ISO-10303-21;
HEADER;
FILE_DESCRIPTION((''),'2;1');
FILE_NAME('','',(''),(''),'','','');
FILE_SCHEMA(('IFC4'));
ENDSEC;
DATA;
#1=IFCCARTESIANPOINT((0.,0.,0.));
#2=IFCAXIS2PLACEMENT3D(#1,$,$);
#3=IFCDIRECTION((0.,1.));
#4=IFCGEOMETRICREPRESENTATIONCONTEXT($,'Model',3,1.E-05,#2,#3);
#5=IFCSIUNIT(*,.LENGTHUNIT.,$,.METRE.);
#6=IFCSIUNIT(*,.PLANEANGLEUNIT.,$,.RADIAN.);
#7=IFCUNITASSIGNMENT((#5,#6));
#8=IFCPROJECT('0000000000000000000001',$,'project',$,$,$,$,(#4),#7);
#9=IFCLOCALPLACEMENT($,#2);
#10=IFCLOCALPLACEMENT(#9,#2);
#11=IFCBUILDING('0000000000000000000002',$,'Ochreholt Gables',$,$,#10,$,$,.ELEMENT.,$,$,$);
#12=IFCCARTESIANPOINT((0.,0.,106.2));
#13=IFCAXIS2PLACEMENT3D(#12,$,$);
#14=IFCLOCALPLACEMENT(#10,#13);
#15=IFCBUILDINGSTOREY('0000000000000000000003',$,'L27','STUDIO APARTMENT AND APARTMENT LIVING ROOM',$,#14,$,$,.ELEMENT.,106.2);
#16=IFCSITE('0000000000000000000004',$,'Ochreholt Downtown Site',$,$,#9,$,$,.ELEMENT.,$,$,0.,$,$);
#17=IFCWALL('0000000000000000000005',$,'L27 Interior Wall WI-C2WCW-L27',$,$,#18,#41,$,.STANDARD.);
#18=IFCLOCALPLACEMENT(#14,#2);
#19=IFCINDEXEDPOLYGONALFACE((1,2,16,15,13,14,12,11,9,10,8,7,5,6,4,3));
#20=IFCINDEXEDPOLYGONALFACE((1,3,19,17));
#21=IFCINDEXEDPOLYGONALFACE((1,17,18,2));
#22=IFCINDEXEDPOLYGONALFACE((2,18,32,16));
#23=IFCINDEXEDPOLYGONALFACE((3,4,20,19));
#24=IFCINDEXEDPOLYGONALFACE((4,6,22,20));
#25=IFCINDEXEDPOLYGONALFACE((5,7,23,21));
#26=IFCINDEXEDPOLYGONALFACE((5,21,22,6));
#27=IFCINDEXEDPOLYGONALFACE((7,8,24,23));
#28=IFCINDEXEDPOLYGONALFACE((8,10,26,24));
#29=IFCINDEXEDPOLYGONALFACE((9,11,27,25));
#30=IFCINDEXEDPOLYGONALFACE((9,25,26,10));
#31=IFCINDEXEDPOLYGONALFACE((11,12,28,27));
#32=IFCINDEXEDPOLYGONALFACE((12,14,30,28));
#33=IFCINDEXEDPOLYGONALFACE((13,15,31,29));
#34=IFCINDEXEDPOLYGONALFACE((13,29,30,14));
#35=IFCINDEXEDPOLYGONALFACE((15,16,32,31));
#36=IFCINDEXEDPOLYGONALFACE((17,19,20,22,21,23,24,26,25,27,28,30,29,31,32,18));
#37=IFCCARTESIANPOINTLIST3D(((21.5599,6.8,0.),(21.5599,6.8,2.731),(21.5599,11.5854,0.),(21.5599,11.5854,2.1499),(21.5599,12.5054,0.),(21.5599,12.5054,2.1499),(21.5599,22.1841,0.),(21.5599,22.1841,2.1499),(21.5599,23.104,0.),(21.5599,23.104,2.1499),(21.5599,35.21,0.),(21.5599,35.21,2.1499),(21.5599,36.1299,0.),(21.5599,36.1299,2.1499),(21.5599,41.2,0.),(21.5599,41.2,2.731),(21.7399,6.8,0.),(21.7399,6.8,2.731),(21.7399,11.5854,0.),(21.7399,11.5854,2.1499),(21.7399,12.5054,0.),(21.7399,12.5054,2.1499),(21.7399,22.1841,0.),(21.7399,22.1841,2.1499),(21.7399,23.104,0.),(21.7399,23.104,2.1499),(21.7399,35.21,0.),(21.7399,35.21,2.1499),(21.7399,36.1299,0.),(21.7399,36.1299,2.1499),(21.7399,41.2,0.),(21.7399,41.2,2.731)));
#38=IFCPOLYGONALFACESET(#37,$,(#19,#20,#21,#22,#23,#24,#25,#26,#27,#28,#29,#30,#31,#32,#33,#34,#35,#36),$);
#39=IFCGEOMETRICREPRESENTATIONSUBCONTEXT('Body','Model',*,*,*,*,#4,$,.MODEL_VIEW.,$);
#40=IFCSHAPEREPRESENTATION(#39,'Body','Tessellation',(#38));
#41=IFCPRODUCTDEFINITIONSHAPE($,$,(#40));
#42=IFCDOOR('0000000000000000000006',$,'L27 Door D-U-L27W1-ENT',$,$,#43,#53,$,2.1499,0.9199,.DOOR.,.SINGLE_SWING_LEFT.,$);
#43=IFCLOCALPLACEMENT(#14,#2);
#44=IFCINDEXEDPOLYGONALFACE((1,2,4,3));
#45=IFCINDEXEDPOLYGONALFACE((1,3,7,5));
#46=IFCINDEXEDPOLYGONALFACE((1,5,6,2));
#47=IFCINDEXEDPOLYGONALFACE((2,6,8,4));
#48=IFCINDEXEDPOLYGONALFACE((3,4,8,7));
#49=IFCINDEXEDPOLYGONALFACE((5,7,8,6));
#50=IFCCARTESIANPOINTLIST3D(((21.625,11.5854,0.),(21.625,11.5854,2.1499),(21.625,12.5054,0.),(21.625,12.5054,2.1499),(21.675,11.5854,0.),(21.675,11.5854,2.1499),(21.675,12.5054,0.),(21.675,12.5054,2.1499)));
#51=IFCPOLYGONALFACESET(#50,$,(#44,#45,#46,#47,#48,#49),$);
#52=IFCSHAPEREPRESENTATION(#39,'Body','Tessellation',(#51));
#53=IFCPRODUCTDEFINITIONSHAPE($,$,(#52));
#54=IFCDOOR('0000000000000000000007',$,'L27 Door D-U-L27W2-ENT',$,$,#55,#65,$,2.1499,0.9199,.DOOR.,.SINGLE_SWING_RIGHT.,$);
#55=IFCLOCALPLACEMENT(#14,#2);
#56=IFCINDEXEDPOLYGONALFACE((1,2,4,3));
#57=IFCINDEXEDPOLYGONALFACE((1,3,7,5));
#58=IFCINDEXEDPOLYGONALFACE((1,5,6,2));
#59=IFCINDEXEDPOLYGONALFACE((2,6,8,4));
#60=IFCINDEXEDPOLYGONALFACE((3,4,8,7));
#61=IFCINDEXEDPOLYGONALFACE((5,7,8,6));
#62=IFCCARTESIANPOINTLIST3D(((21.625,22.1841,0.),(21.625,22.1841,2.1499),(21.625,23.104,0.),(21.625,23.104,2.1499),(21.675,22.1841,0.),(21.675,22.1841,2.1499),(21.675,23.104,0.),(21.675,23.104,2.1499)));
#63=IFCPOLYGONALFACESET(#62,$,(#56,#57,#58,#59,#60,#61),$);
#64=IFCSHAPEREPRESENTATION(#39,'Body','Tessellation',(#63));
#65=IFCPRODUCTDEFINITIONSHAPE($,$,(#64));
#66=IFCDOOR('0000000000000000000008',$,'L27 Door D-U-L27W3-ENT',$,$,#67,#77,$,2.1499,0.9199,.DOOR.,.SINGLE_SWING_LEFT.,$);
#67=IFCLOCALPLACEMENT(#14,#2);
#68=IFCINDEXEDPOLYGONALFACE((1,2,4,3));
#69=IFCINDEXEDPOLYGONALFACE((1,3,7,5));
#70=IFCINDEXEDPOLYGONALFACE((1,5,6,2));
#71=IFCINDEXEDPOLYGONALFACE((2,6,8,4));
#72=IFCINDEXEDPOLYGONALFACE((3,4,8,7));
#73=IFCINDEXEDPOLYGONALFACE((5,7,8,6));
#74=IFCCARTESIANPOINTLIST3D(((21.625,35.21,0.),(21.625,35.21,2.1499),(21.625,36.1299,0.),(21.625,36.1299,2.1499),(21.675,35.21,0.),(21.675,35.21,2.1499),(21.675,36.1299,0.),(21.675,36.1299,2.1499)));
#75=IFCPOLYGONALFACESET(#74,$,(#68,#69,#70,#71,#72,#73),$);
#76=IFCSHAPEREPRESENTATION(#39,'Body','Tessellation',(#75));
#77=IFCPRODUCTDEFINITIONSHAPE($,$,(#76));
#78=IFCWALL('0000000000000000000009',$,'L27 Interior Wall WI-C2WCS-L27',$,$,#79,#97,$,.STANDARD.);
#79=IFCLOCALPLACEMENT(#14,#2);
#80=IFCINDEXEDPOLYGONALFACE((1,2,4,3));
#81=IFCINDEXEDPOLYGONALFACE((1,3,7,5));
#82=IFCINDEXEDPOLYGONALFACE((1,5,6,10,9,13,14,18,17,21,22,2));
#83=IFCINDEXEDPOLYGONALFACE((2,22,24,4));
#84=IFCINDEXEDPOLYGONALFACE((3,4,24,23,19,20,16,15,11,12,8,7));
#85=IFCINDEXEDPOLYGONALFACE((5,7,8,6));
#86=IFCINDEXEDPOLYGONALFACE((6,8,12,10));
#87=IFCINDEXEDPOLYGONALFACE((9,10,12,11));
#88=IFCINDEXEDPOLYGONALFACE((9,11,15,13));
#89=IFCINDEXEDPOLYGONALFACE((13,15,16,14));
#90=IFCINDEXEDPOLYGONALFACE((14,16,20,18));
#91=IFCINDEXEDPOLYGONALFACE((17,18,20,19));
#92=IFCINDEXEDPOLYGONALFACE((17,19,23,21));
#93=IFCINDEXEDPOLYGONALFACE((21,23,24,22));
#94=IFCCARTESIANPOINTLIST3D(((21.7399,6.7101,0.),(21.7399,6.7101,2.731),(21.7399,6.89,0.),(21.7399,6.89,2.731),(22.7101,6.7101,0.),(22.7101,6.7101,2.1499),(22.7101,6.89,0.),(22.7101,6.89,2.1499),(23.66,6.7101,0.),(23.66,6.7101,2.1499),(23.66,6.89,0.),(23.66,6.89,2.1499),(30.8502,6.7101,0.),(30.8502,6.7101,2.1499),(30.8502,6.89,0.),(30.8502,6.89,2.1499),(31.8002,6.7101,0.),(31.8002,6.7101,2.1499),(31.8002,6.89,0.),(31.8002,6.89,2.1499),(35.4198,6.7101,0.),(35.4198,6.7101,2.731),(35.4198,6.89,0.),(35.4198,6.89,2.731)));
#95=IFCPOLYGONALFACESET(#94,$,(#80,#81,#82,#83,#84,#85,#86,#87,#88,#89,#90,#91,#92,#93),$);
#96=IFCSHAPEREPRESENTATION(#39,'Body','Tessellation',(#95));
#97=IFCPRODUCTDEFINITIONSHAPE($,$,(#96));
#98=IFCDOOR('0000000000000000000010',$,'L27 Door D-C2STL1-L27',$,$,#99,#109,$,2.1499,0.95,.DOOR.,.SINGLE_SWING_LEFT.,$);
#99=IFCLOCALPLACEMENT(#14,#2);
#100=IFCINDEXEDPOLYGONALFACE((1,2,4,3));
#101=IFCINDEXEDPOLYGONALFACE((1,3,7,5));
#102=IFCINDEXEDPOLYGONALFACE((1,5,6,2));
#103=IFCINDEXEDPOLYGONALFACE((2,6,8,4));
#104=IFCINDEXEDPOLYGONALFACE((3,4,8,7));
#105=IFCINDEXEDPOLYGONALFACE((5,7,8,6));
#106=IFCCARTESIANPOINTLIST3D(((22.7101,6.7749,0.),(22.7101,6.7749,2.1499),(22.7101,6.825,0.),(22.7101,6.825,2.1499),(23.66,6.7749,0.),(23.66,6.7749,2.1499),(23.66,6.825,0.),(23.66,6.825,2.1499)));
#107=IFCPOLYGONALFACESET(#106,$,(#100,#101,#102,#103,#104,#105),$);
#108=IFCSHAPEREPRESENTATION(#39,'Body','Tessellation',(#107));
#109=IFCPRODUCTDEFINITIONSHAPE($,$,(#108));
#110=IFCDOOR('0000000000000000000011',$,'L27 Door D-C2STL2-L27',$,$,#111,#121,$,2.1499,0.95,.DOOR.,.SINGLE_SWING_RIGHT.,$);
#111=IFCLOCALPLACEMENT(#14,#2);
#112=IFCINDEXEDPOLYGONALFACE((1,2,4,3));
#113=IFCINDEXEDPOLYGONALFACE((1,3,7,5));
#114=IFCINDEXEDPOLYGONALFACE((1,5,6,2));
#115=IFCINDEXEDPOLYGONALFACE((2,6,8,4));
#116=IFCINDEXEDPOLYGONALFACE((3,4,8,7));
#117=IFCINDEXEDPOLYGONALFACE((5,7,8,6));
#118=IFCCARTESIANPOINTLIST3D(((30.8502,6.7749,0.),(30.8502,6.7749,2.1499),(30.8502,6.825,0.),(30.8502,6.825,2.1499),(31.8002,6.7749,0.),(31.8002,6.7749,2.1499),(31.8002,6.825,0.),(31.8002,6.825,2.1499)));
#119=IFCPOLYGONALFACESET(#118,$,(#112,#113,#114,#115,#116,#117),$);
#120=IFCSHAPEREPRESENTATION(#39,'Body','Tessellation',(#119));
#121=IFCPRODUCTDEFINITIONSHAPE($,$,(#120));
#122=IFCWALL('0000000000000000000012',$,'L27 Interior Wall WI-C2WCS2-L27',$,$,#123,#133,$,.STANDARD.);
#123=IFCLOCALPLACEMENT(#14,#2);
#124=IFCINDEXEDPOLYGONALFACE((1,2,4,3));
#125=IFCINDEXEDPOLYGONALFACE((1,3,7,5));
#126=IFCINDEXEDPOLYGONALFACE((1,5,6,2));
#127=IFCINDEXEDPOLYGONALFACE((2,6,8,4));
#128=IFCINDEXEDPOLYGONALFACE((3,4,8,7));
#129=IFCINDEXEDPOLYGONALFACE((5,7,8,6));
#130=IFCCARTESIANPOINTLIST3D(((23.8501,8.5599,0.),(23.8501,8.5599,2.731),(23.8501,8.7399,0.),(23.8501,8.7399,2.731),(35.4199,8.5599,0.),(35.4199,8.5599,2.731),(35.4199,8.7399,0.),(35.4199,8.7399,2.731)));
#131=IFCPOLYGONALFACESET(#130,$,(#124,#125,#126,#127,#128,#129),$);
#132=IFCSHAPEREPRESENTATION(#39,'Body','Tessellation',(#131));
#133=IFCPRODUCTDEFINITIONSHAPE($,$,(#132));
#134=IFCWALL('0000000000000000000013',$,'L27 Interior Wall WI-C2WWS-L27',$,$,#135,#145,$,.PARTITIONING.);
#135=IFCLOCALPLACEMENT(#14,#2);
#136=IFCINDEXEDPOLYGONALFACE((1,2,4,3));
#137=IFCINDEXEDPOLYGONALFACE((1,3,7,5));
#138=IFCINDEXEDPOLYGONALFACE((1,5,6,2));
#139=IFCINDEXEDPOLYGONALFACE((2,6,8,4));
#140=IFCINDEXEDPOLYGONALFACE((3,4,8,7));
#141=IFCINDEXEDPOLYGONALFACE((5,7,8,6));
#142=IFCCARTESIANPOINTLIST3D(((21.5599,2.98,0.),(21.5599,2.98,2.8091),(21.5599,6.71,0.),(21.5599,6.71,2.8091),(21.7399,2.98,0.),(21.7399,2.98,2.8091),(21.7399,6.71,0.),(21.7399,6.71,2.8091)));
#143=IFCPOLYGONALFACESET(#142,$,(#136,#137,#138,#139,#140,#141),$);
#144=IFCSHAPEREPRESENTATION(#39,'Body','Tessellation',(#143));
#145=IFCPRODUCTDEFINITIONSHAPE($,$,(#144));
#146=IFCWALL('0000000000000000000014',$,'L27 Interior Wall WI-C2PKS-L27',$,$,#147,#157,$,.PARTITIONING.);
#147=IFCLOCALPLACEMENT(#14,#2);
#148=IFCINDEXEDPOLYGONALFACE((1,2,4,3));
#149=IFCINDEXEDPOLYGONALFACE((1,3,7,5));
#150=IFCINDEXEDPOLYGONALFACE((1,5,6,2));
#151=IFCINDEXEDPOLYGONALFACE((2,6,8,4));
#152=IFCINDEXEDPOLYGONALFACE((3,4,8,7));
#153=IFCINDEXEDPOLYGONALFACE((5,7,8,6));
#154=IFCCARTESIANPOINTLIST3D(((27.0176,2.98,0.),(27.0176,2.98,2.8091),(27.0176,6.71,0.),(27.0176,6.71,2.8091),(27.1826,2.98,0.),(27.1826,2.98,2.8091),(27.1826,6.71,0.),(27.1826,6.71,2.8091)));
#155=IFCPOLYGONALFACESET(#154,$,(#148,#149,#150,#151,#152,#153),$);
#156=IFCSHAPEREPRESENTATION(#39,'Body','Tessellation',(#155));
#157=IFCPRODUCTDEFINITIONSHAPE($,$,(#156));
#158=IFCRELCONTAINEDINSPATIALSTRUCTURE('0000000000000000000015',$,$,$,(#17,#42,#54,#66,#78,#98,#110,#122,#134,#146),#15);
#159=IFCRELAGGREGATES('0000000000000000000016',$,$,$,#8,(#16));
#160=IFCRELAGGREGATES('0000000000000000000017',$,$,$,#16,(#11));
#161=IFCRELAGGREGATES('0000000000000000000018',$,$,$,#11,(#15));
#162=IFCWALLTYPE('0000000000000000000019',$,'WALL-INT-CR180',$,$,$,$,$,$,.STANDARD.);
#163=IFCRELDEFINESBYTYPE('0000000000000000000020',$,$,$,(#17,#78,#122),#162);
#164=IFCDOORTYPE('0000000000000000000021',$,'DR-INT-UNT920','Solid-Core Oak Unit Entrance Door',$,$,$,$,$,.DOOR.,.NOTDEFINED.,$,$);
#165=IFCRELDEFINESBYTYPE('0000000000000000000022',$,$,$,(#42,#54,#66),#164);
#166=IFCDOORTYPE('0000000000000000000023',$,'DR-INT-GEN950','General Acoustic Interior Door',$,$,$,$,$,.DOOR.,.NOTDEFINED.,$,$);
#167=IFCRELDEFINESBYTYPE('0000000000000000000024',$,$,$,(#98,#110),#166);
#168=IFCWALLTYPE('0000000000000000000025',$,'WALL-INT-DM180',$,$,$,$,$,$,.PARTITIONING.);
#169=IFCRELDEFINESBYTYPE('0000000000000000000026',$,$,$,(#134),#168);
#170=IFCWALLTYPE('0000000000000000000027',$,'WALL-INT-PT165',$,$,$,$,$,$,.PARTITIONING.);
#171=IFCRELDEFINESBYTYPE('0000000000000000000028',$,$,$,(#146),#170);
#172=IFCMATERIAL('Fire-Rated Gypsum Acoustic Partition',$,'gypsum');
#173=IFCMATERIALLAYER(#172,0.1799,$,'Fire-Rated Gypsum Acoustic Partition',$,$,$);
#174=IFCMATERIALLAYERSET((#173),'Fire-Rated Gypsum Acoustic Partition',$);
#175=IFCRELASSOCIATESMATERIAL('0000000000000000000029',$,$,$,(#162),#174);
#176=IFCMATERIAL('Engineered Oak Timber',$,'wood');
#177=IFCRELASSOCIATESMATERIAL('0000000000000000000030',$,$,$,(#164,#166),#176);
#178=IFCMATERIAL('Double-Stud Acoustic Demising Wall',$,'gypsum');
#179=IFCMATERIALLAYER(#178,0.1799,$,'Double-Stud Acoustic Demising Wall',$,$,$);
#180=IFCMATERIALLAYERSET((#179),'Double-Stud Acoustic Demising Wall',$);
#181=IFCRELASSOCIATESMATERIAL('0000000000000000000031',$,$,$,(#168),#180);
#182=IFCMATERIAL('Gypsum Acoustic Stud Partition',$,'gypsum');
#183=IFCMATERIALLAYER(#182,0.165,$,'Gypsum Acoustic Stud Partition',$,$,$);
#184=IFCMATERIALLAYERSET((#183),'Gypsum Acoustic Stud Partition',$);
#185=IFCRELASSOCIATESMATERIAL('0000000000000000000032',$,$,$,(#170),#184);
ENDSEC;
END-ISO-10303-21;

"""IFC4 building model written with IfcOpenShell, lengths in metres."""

from ifc_helpers import new_model, si_unit, direction, frame, frame_2d, origin, place, context, subcontext, project, spatial, rectangle, extrude, material, layer, layer_set, type_object, element, fill, save


model = new_model("IFC4")

# Units and contexts
model_context = context("Model", 3, precision=1e-05, world=origin(), true_north=direction((0.0, 1.0)))
body_context = subcontext(model_context, "Body", "Model", "MODEL_VIEW")
ifc_project = project(units=[si_unit("LENGTHUNIT", "METRE"), si_unit("PLANEANGLEUNIT", "RADIAN")], contexts=[model_context])

# Site, building, storey
site_placement = place(None, origin())
site = spatial("IfcSite", under=ifc_project, at=site_placement, Name="Ochreholt Downtown Site", CompositionType="ELEMENT", RefElevation=0.0)
building_placement = place(site_placement, origin())
building = spatial("IfcBuilding", under=site, at=building_placement, Name="Ochreholt Gables", CompositionType="ELEMENT")
storey_placement = place(building_placement, frame((0.0, 0.0, 106.2)))
storey = spatial("IfcBuildingStorey", under=building, at=storey_placement, Name="L27", Description="STUDIO APARTMENT AND APARTMENT LIVING ROOM", CompositionType="ELEMENT", Elevation=106.2)

# Walls, openings, doors
ifc_material_1 = material(Name="Fire-Rated Gypsum Acoustic Partition", Category="gypsum")
ifc_layer_1 = layer(ifc_material_1, 0.1799, Name="Fire-Rated Gypsum Acoustic Partition")
ifc_layer_set_1 = layer_set([ifc_layer_1], Name="Fire-Rated Gypsum Acoustic Partition")
wall_type_1 = type_object("IfcWallType", Name="WALL-INT-CR180", PredefinedType="STANDARD", material=ifc_layer_set_1)
wall_1_placement = place(storey_placement, frame((21.6499, 6.8, 0.0), z_axis=(0.0, 0.0, 1.0), x_axis=(0.0, 1.0, 0.0)))
wall_1 = element("IfcWall", 1, at=wall_1_placement, inside=storey, type_object=wall_type_1, Name="L27 Interior Wall WI-C2WCW-L27", PredefinedType="STANDARD", context=body_context, shape_type="SweptSolid", body=[
    extrude(rectangle(XDim=34.3999, YDim=0.1799, at=frame_2d((17.2, 0.0))), origin(), (0.0, 0.0, 1.0), 2.731),
])
opening_1_placement = place(wall_1_placement, frame((4.7854, 0.0, 0.0)))
opening_1 = element("IfcOpeningElement", 2, at=opening_1_placement, cuts=wall_1, PredefinedType="OPENING", context=body_context, shape_type="SweptSolid", body=[
    extrude(rectangle(XDim=0.9199, YDim=2.1499, at=frame_2d((0.46, 1.075))), frame((0.0, 0.0999, 0.0), z_axis=(0.0, -1.0, 0.0), x_axis=(1.0, 0.0, 0.0)), (0.0, 0.0, 1.0), 0.2),
])
opening_2_placement = place(wall_1_placement, frame((15.384, 0.0, 0.0)))
opening_2 = element("IfcOpeningElement", 3, at=opening_2_placement, cuts=wall_1, PredefinedType="OPENING", context=body_context, shape_type="SweptSolid", body=[
    extrude(rectangle(XDim=0.9199, YDim=2.1499, at=frame_2d((0.46, 1.075))), frame((0.0, 0.0999, 0.0), z_axis=(0.0, -1.0, 0.0), x_axis=(1.0, 0.0, 0.0)), (0.0, 0.0, 1.0), 0.2),
])
opening_3_placement = place(wall_1_placement, frame((28.4099, 0.0, 0.0)))
opening_3 = element("IfcOpeningElement", 4, at=opening_3_placement, cuts=wall_1, PredefinedType="OPENING", context=body_context, shape_type="SweptSolid", body=[
    extrude(rectangle(XDim=0.9199, YDim=2.1499, at=frame_2d((0.46, 1.075))), frame((0.0, 0.0999, 0.0), z_axis=(0.0, -1.0, 0.0), x_axis=(1.0, 0.0, 0.0)), (0.0, 0.0, 1.0), 0.2),
])
ifc_material_2 = material(Name="Engineered Oak Timber", Category="wood")
door_type_1 = type_object("IfcDoorType", Name="DR-INT-UNT920", Description="Solid-Core Oak Unit Entrance Door", OperationType="NOTDEFINED", PredefinedType="DOOR", material=ifc_material_2)
door_1_placement = place(opening_1_placement, origin())
door_1 = element("IfcDoor", 5, at=door_1_placement, inside=storey, type_object=door_type_1, Name="L27 Door D-U-L27W1-ENT", OperationType="SINGLE_SWING_LEFT", OverallHeight=2.1499, OverallWidth=0.9199, PredefinedType="DOOR", context=body_context, shape_type="SweptSolid", body=[
    extrude(rectangle(XDim=0.9199, YDim=2.1499, at=frame_2d((0.46, 1.075))), frame((0.0, 0.0249, 0.0), z_axis=(0.0, -1.0, 0.0), x_axis=(1.0, 0.0, 0.0)), (0.0, 0.0, 1.0), 0.05),
])
fill(opening_1, door_1)
door_2_placement = place(opening_2_placement, origin())
door_2 = element("IfcDoor", 6, at=door_2_placement, inside=storey, type_object=door_type_1, Name="L27 Door D-U-L27W2-ENT", OperationType="SINGLE_SWING_RIGHT", OverallHeight=2.1499, OverallWidth=0.9199, PredefinedType="DOOR", context=body_context, shape_type="SweptSolid", body=[
    extrude(rectangle(XDim=0.9199, YDim=2.1499, at=frame_2d((0.46, 1.075))), frame((0.0, 0.0249, 0.0), z_axis=(0.0, -1.0, 0.0), x_axis=(1.0, 0.0, 0.0)), (0.0, 0.0, 1.0), 0.05),
])
fill(opening_2, door_2)
door_3_placement = place(opening_3_placement, origin())
door_3 = element("IfcDoor", 7, at=door_3_placement, inside=storey, type_object=door_type_1, Name="L27 Door D-U-L27W3-ENT", OperationType="SINGLE_SWING_LEFT", OverallHeight=2.1499, OverallWidth=0.9199, PredefinedType="DOOR", context=body_context, shape_type="SweptSolid", body=[
    extrude(rectangle(XDim=0.9199, YDim=2.1499, at=frame_2d((0.46, 1.075))), frame((0.0, 0.0249, 0.0), z_axis=(0.0, -1.0, 0.0), x_axis=(1.0, 0.0, 0.0)), (0.0, 0.0, 1.0), 0.05),
])
fill(opening_3, door_3)
wall_2_placement = place(storey_placement, frame((21.74, 6.8, 0.0), z_axis=(0.0, 0.0, 1.0), x_axis=(1.0, 0.0, 0.0)))
wall_2 = element("IfcWall", 8, at=wall_2_placement, inside=storey, type_object=wall_type_1, Name="L27 Interior Wall WI-C2WCS-L27", PredefinedType="STANDARD", context=body_context, shape_type="SweptSolid", body=[
    extrude(rectangle(XDim=13.6799, YDim=0.1799, at=frame_2d((6.8398, 0.0))), origin(), (0.0, 0.0, 1.0), 2.731),
])
opening_4_placement = place(wall_2_placement, frame((0.97, 0.0, 0.0)))
opening_4 = element("IfcOpeningElement", 9, at=opening_4_placement, cuts=wall_2, PredefinedType="OPENING", context=body_context, shape_type="SweptSolid", body=[
    extrude(rectangle(XDim=0.95, YDim=2.1499, at=frame_2d((0.4751, 1.075))), frame((0.0, 0.0999, 0.0), z_axis=(0.0, -1.0, 0.0), x_axis=(1.0, 0.0, 0.0)), (0.0, 0.0, 1.0), 0.2),
])
opening_5_placement = place(wall_2_placement, frame((9.1101, 0.0, 0.0)))
opening_5 = element("IfcOpeningElement", 10, at=opening_5_placement, cuts=wall_2, PredefinedType="OPENING", context=body_context, shape_type="SweptSolid", body=[
    extrude(rectangle(XDim=0.95, YDim=2.1499, at=frame_2d((0.4751, 1.075))), frame((0.0, 0.0999, 0.0), z_axis=(0.0, -1.0, 0.0), x_axis=(1.0, 0.0, 0.0)), (0.0, 0.0, 1.0), 0.2),
])
door_type_2 = type_object("IfcDoorType", Name="DR-INT-GEN950", Description="General Acoustic Interior Door", OperationType="NOTDEFINED", PredefinedType="DOOR", material=ifc_material_2)
door_4_placement = place(opening_4_placement, origin())
door_4 = element("IfcDoor", 11, at=door_4_placement, inside=storey, type_object=door_type_2, Name="L27 Door D-C2STL1-L27", OperationType="SINGLE_SWING_LEFT", OverallHeight=2.1499, OverallWidth=0.95, PredefinedType="DOOR", context=body_context, shape_type="SweptSolid", body=[
    extrude(rectangle(XDim=0.95, YDim=2.1499, at=frame_2d((0.4751, 1.075))), frame((0.0, 0.0249, 0.0), z_axis=(0.0, -1.0, 0.0), x_axis=(1.0, 0.0, 0.0)), (0.0, 0.0, 1.0), 0.05),
])
fill(opening_4, door_4)
door_5_placement = place(opening_5_placement, origin())
door_5 = element("IfcDoor", 12, at=door_5_placement, inside=storey, type_object=door_type_2, Name="L27 Door D-C2STL2-L27", OperationType="SINGLE_SWING_RIGHT", OverallHeight=2.1499, OverallWidth=0.95, PredefinedType="DOOR", context=body_context, shape_type="SweptSolid", body=[
    extrude(rectangle(XDim=0.95, YDim=2.1499, at=frame_2d((0.4751, 1.075))), frame((0.0, 0.0249, 0.0), z_axis=(0.0, -1.0, 0.0), x_axis=(1.0, 0.0, 0.0)), (0.0, 0.0, 1.0), 0.05),
])
fill(opening_5, door_5)

# Walls
wall_3_placement = place(storey_placement, frame((23.8501, 8.6499, 0.0), z_axis=(0.0, 0.0, 1.0), x_axis=(1.0, 0.0, 0.0)))
element("IfcWall", 13, at=wall_3_placement, inside=storey, type_object=wall_type_1, Name="L27 Interior Wall WI-C2WCS2-L27", PredefinedType="STANDARD", context=body_context, shape_type="SweptSolid", body=[
    extrude(rectangle(XDim=11.5698, YDim=0.1799, at=frame_2d((5.7849, 0.0))), origin(), (0.0, 0.0, 1.0), 2.731),
])
ifc_material_3 = material(Name="Double-Stud Acoustic Demising Wall", Category="gypsum")
ifc_layer_2 = layer(ifc_material_3, 0.1799, Name="Double-Stud Acoustic Demising Wall")
ifc_layer_set_2 = layer_set([ifc_layer_2], Name="Double-Stud Acoustic Demising Wall")
wall_type_2 = type_object("IfcWallType", Name="WALL-INT-DM180", PredefinedType="PARTITIONING", material=ifc_layer_set_2)
wall_4_placement = place(storey_placement, frame((21.6499, 2.98, 0.0), z_axis=(0.0, 0.0, 1.0), x_axis=(0.0, 1.0, 0.0)))
element("IfcWall", 14, at=wall_4_placement, inside=storey, type_object=wall_type_2, Name="L27 Interior Wall WI-C2WWS-L27", PredefinedType="PARTITIONING", context=body_context, shape_type="SweptSolid", body=[
    extrude(rectangle(XDim=3.73, YDim=0.1799, at=frame_2d((1.865, 0.0))), origin(), (0.0, 0.0, 1.0), 2.8091),
])
ifc_material_4 = material(Name="Gypsum Acoustic Stud Partition", Category="gypsum")
ifc_layer_3 = layer(ifc_material_4, 0.165, Name="Gypsum Acoustic Stud Partition")
ifc_layer_set_3 = layer_set([ifc_layer_3], Name="Gypsum Acoustic Stud Partition")
wall_type_3 = type_object("IfcWallType", Name="WALL-INT-PT165", PredefinedType="PARTITIONING", material=ifc_layer_set_3)
wall_5_placement = place(storey_placement, frame((27.1001, 2.98, 0.0), z_axis=(0.0, 0.0, 1.0), x_axis=(0.0, 1.0, 0.0)))
element("IfcWall", 15, at=wall_5_placement, inside=storey, type_object=wall_type_3, Name="L27 Interior Wall WI-C2PKS-L27", PredefinedType="PARTITIONING", context=body_context, shape_type="SweptSolid", body=[
    extrude(rectangle(XDim=3.73, YDim=0.165, at=frame_2d((1.865, 0.0))), origin(), (0.0, 0.0, 1.0), 2.8091),
])

save(model, "model.ifc")
